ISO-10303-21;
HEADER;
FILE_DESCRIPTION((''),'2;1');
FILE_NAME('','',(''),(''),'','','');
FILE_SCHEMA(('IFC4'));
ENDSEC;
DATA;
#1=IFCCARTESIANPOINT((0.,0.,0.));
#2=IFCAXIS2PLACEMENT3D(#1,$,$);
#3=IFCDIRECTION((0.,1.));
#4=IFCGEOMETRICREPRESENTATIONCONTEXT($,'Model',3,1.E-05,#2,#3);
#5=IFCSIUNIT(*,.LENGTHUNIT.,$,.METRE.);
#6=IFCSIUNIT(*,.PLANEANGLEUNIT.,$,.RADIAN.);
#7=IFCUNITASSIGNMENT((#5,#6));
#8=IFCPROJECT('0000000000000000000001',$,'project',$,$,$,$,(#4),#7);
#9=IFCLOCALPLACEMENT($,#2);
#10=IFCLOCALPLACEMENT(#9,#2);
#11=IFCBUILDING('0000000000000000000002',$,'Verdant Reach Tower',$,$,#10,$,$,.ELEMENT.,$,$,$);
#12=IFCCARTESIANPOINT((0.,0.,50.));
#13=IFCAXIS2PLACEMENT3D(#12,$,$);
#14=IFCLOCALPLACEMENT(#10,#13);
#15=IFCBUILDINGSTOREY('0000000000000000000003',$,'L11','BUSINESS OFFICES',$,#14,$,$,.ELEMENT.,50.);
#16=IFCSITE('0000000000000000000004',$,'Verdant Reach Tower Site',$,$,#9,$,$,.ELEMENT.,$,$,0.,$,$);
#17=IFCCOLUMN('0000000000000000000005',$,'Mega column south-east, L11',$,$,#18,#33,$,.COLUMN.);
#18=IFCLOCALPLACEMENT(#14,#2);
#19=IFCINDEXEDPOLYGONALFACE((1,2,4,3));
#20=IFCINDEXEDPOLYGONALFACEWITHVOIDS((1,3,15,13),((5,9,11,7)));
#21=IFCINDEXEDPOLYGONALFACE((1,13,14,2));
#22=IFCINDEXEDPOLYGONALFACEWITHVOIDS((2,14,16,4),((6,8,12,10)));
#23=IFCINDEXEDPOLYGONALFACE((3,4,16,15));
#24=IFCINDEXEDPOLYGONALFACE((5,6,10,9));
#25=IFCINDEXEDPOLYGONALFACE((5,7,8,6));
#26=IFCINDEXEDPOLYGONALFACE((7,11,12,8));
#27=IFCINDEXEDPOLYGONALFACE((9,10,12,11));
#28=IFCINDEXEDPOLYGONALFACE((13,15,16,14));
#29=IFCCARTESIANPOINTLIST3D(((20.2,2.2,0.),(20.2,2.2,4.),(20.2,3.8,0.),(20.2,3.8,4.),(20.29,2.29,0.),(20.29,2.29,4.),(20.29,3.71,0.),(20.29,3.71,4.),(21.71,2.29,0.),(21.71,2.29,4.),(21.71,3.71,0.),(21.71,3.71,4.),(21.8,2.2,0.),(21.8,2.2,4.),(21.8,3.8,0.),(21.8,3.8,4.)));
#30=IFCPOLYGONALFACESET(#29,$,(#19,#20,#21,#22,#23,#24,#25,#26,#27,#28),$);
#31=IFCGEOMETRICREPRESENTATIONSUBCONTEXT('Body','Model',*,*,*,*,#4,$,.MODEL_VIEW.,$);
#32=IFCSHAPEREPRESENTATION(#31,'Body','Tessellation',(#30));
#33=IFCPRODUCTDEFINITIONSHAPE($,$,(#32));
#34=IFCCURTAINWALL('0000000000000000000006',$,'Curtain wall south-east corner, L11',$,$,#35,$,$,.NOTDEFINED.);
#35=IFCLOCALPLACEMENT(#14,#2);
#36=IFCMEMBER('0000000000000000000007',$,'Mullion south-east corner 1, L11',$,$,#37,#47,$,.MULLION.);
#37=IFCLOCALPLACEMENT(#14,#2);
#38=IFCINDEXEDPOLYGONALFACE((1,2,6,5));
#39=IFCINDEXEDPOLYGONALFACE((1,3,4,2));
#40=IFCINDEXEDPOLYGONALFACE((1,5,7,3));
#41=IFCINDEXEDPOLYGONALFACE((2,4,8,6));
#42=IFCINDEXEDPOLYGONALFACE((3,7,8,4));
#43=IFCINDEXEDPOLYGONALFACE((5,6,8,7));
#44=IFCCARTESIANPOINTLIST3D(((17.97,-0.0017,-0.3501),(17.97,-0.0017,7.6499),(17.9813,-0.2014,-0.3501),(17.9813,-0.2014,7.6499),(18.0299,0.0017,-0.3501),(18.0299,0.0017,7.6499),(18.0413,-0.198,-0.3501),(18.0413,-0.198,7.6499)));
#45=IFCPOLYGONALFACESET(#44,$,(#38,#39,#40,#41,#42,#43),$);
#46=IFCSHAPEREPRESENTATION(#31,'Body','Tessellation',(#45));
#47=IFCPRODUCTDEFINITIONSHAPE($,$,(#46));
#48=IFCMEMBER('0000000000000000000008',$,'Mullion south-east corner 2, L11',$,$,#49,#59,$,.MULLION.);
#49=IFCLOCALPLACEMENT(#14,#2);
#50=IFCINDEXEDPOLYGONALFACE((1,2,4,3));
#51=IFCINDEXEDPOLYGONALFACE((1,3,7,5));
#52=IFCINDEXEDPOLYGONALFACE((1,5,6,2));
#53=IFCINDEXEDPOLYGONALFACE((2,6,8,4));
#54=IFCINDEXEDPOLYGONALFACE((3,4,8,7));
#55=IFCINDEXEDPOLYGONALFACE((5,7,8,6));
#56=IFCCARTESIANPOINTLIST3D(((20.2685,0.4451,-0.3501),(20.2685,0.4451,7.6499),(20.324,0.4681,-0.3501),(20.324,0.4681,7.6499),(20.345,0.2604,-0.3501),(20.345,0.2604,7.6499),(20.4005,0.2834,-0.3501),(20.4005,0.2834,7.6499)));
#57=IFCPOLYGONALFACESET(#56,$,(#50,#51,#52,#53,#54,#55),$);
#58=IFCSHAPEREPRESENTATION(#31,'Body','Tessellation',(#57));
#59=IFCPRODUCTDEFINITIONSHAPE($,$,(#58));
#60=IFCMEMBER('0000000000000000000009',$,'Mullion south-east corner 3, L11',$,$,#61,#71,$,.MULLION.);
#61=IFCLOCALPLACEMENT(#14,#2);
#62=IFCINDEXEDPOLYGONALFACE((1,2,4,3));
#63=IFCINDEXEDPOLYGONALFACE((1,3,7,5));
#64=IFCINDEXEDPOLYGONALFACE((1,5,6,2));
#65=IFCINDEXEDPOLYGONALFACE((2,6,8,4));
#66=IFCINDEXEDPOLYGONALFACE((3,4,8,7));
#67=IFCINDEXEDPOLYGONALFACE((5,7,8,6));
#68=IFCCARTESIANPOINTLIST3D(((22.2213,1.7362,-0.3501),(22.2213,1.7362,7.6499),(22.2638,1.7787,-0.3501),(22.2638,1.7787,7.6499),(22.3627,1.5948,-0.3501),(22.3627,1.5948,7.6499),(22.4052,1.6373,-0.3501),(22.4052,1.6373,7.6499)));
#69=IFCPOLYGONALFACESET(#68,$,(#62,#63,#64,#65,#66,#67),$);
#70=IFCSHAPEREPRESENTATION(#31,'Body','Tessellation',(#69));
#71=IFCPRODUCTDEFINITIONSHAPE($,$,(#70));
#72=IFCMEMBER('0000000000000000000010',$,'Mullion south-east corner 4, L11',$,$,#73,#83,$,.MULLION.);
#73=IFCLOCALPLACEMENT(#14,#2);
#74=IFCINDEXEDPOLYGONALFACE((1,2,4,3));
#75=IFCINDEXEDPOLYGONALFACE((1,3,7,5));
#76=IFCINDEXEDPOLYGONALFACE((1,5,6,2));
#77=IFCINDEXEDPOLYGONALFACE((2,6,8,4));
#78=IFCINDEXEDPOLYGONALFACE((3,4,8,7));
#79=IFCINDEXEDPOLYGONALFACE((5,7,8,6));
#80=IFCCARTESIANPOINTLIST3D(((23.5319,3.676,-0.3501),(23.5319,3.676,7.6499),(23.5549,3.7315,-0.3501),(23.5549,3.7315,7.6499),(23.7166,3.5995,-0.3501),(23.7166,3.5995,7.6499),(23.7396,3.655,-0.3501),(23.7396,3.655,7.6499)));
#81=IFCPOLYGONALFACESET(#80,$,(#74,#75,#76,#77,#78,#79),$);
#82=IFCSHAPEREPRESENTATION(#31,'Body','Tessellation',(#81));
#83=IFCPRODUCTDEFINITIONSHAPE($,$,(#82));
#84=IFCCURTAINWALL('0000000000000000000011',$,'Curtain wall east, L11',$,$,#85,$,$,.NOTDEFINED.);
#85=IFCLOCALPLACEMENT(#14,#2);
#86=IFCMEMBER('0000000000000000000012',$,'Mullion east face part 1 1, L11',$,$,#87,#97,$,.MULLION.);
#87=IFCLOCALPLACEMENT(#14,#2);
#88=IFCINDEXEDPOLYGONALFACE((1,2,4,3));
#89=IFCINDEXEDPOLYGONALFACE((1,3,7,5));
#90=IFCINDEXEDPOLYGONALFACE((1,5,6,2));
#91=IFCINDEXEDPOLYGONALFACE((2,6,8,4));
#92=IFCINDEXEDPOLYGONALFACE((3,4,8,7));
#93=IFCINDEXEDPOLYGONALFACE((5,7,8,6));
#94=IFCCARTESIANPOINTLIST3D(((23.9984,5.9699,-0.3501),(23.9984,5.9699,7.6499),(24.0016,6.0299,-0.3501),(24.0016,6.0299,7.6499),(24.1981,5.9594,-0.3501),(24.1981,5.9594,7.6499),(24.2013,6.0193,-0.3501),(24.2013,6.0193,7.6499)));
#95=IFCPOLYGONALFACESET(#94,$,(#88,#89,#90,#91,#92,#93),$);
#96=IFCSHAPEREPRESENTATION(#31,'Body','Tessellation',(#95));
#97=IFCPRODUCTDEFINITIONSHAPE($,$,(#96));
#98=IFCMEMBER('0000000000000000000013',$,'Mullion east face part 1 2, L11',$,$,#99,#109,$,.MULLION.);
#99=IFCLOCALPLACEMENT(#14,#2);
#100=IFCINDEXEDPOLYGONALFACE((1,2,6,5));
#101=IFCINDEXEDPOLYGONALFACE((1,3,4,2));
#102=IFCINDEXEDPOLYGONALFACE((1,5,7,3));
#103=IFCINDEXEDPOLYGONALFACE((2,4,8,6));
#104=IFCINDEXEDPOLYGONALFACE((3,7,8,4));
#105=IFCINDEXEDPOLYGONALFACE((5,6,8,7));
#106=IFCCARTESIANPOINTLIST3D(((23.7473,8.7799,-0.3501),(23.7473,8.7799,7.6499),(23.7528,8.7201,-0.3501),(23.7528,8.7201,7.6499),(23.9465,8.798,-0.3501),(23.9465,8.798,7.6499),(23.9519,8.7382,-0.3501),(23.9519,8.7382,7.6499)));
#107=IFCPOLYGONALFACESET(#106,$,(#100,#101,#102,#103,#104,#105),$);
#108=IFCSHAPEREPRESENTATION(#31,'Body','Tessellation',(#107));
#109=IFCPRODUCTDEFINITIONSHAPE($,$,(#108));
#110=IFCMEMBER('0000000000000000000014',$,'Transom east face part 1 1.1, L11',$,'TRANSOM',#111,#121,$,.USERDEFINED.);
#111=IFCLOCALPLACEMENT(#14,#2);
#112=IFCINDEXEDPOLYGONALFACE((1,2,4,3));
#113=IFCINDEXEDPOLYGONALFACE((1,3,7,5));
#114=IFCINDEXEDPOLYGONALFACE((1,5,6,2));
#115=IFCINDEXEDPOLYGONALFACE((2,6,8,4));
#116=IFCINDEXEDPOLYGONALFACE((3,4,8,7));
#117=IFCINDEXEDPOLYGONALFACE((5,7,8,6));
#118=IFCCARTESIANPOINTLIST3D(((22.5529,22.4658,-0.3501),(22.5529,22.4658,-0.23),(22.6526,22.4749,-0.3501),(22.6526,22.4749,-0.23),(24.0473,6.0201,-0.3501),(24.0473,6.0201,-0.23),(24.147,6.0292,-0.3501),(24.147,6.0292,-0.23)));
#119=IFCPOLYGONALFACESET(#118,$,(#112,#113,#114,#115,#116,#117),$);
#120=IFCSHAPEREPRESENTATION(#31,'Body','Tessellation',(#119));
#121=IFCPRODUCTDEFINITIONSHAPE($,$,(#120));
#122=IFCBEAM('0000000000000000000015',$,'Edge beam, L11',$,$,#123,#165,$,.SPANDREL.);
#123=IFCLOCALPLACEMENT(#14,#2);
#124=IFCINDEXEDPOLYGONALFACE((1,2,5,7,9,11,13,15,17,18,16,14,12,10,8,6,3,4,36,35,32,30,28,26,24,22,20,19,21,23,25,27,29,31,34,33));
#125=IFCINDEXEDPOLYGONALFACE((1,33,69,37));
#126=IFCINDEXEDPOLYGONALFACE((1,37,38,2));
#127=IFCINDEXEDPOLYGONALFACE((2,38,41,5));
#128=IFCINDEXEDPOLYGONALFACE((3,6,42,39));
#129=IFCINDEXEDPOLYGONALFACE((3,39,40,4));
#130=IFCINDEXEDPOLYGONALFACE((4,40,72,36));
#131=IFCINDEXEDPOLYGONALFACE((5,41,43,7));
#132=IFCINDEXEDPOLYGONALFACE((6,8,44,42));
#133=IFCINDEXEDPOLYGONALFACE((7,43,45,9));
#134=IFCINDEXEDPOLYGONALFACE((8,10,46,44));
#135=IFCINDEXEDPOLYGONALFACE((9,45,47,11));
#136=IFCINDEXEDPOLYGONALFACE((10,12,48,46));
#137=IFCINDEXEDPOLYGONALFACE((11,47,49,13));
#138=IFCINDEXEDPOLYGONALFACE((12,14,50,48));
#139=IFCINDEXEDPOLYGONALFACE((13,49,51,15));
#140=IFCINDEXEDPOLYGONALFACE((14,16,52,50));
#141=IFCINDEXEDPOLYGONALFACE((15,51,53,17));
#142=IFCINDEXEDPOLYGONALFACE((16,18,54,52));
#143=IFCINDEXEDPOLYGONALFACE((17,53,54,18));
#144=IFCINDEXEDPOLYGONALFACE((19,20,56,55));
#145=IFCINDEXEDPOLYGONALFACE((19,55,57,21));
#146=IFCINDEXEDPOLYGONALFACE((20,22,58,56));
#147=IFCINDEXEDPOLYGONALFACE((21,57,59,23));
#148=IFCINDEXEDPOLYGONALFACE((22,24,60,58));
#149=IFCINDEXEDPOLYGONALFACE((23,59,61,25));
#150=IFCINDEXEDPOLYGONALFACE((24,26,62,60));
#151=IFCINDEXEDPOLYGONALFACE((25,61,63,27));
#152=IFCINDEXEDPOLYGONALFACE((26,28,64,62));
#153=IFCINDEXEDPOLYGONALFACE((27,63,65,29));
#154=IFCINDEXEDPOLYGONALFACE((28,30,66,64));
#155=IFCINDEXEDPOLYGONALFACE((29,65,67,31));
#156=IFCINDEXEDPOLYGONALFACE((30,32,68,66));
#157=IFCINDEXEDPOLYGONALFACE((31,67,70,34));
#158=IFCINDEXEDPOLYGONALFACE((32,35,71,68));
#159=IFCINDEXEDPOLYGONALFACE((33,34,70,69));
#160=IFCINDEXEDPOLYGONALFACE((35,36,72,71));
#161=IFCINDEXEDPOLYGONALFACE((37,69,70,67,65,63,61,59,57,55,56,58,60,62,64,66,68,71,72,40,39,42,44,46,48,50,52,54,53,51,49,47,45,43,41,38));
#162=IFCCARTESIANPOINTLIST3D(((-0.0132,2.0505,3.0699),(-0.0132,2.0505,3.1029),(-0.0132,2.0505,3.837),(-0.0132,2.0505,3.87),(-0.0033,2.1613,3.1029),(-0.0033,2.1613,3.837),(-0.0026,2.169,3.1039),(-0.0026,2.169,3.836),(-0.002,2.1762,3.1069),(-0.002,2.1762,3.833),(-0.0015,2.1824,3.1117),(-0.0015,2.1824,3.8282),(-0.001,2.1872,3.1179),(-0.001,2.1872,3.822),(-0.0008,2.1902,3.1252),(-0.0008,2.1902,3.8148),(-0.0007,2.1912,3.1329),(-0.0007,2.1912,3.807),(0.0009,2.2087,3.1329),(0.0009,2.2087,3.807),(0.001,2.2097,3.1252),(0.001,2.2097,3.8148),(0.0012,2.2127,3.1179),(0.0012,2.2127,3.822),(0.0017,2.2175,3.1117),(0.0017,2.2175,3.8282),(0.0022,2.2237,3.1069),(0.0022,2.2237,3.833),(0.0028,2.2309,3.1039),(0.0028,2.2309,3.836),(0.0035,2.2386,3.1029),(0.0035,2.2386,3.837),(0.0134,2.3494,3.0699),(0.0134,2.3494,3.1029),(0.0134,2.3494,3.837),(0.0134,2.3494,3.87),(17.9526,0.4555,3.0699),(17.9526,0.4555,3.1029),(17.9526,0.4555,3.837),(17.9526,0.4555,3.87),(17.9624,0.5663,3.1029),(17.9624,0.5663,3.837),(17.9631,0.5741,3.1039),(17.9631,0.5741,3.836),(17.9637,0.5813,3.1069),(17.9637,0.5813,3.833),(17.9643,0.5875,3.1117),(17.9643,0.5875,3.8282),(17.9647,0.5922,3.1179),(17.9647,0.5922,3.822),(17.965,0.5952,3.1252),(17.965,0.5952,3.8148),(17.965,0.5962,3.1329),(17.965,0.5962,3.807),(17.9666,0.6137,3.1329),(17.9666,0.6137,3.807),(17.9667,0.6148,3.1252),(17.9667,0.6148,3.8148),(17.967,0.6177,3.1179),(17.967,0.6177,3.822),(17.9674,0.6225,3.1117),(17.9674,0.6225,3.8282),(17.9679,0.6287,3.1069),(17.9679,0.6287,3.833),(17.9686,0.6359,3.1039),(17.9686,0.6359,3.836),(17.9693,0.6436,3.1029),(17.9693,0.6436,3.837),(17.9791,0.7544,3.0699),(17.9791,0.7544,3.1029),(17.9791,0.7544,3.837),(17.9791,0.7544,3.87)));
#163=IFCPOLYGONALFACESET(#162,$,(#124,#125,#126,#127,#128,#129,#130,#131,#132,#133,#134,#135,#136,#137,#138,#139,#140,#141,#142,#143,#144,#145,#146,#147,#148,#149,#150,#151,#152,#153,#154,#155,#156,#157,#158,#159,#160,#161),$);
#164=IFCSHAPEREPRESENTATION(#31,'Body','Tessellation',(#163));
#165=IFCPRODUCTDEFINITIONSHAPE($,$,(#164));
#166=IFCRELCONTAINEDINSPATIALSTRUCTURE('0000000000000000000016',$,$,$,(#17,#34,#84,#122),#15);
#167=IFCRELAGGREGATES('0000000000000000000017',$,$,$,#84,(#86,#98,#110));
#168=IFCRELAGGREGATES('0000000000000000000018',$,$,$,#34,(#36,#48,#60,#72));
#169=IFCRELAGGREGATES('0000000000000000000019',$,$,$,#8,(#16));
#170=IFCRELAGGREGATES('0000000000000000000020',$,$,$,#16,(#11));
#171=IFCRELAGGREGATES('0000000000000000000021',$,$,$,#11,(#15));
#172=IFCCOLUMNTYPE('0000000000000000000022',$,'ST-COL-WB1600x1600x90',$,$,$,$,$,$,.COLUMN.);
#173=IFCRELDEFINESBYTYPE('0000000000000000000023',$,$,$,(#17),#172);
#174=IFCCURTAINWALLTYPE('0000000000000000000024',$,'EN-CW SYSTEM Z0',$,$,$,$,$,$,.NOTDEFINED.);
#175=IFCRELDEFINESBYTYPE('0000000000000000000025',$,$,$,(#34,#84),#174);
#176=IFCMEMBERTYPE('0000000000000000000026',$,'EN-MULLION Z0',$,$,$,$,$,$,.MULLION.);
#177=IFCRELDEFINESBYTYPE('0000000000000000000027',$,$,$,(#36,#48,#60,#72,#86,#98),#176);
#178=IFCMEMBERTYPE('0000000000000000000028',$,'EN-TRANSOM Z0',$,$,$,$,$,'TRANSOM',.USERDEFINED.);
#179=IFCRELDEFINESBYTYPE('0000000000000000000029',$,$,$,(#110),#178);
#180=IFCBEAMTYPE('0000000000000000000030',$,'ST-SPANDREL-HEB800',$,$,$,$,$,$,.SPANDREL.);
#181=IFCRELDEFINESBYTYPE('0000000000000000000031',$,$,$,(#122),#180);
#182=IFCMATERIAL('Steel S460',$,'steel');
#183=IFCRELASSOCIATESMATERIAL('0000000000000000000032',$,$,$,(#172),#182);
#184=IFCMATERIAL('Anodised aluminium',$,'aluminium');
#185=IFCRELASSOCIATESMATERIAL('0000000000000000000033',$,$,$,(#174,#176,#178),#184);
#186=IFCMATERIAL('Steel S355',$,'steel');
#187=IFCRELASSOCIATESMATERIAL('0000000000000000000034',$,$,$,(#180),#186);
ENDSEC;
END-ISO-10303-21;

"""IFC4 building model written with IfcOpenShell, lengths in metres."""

from ifc_helpers import new_model, si_unit, direction, frame, origin, origin_2d, place, context, subcontext, project, spatial, rectangle, hollow_rectangle, i_section, extrude, material, material_profile, profile_set, type_object, element, aggregate, save


model = new_model("IFC4")

# Units and contexts
model_context = context("Model", 3, precision=1e-05, world=origin(), true_north=direction((0.0, 1.0)))
body_context = subcontext(model_context, "Body", "Model", "MODEL_VIEW")
ifc_project = project(units=[si_unit("LENGTHUNIT", "METRE"), si_unit("PLANEANGLEUNIT", "RADIAN")], contexts=[model_context])

# Site, building, storey
site_placement = place(None, origin())
site = spatial("IfcSite", under=ifc_project, at=site_placement, Name="Verdant Reach Tower Site", CompositionType="ELEMENT", RefElevation=0.0)
building_placement = place(site_placement, origin())
building = spatial("IfcBuilding", under=site, at=building_placement, Name="Verdant Reach Tower", CompositionType="ELEMENT")
storey_placement = place(building_placement, frame((0.0, 0.0, 50.0)))
storey = spatial("IfcBuildingStorey", under=building, at=storey_placement, Name="L11", Description="BUSINESS OFFICES", CompositionType="ELEMENT", Elevation=50.0)

# Column
ifc_material_1 = material(Name="Steel S460", Category="steel")
ifc_material_profile_1 = material_profile(ifc_material_1, hollow_rectangle(XDim=1.6001, YDim=1.6001, WallThickness=0.0901, at=origin_2d()), Name="WB 1600x1600x90")
ifc_profile_set_1 = profile_set([ifc_material_profile_1], Name="Steel S460")
column_type = type_object("IfcColumnType", Name="ST-COL-WB1600x1600x90", PredefinedType="COLUMN", material=ifc_profile_set_1)
column_placement = place(storey_placement, frame((21.0, 3.0, 0.0), z_axis=(0.0, 0.0, 1.0), x_axis=(1.0, 0.0, 0.0)))
element("IfcColumn", 1, at=column_placement, inside=storey, type_object=column_type, Name="Mega column south-east, L11", PredefinedType="COLUMN", context=body_context, shape_type="SweptSolid", body=[
    extrude(hollow_rectangle(XDim=1.6001, YDim=1.6001, WallThickness=0.0901, at=origin_2d()), origin(), (0.0, 0.0, 1.0), 4.0),
])

# Curtain walls, members
ifc_material_2 = material(Name="Anodised aluminium", Category="aluminium")
curtain_wall_type = type_object("IfcCurtainWallType", Name="EN-CW SYSTEM Z0", PredefinedType="NOTDEFINED", material=ifc_material_2)
curtain_wall_1_placement = place(storey_placement, origin())
curtain_wall_1 = element("IfcCurtainWall", 2, at=curtain_wall_1_placement, inside=storey, type_object=curtain_wall_type, Name="Curtain wall south-east corner, L11", PredefinedType="NOTDEFINED")
ifc_material_profile_2 = material_profile(ifc_material_2, rectangle(XDim=0.2, YDim=0.0601, at=origin_2d()), Name="Mullion 60x200")
ifc_profile_set_2 = profile_set([ifc_material_profile_2], Name="Anodised aluminium")
member_type_1 = type_object("IfcMemberType", Name="EN-MULLION Z0", PredefinedType="MULLION", material=ifc_profile_set_2)
member_1_placement = place(storey_placement, frame((18.0056, -0.0999, -0.3501), z_axis=(0.0, 0.0, 1.0), x_axis=(0.056569, -0.998399, 0.0)))
member_1 = element("IfcMember", 3, at=member_1_placement, type_object=member_type_1, Name="Mullion south-east corner 1, L11", PredefinedType="MULLION", context=body_context, shape_type="SweptSolid", body=[
    extrude(rectangle(XDim=0.2, YDim=0.0601, at=origin_2d()), origin(), (0.0, 0.0, 1.0), 8.0),
])
member_2_placement = place(storey_placement, frame((20.3345, 0.3643, -0.3501), z_axis=(0.0, 0.0, 1.0), x_axis=(0.382694, -0.923875, 0.0)))
member_2 = element("IfcMember", 4, at=member_2_placement, type_object=member_type_1, Name="Mullion south-east corner 2, L11", PredefinedType="MULLION", context=body_context, shape_type="SweptSolid", body=[
    extrude(rectangle(XDim=0.2, YDim=0.0601, at=origin_2d()), origin(), (0.0, 0.0, 1.0), 8.0),
])
member_3_placement = place(storey_placement, frame((22.3132, 1.6868, -0.3501), z_axis=(0.0, 0.0, 1.0), x_axis=(0.707107, -0.707107, 0.0)))
member_3 = element("IfcMember", 5, at=member_3_placement, type_object=member_type_1, Name="Mullion south-east corner 3, L11", PredefinedType="MULLION", context=body_context, shape_type="SweptSolid", body=[
    extrude(rectangle(XDim=0.2, YDim=0.0601, at=origin_2d()), origin(), (0.0, 0.0, 1.0), 8.0),
])
member_4_placement = place(storey_placement, frame((23.6357, 3.6655, -0.3501), z_axis=(0.0, 0.0, 1.0), x_axis=(0.923875, -0.382694, 0.0)))
member_4 = element("IfcMember", 6, at=member_4_placement, type_object=member_type_1, Name="Mullion south-east corner 4, L11", PredefinedType="MULLION", context=body_context, shape_type="SweptSolid", body=[
    extrude(rectangle(XDim=0.2, YDim=0.0601, at=origin_2d()), origin(), (0.0, 0.0, 1.0), 8.0),
])
curtain_wall_2_placement = place(storey_placement, origin())
curtain_wall_2 = element("IfcCurtainWall", 7, at=curtain_wall_2_placement, inside=storey, type_object=curtain_wall_type, Name="Curtain wall east, L11", PredefinedType="NOTDEFINED")
member_5_placement = place(storey_placement, frame((24.0999, 5.9946, -0.3501), z_axis=(0.0, 0.0, 1.0), x_axis=(0.998604, -0.052815, 0.0)))
member_5 = element("IfcMember", 8, at=member_5_placement, type_object=member_type_1, Name="Mullion east face part 1 1, L11", PredefinedType="MULLION", context=body_context, shape_type="SweptSolid", body=[
    extrude(rectangle(XDim=0.2, YDim=0.0601, at=origin_2d()), origin(), (0.0, 0.0, 1.0), 8.0),
])
member_6_placement = place(storey_placement, frame((23.8496, 8.759, -0.3501), z_axis=(0.0, 0.0, 1.0), x_axis=(0.995893, 0.090536, 0.0)))
member_6 = element("IfcMember", 9, at=member_6_placement, type_object=member_type_1, Name="Mullion east face part 1 2, L11", PredefinedType="MULLION", context=body_context, shape_type="SweptSolid", body=[
    extrude(rectangle(XDim=0.2, YDim=0.0601, at=origin_2d()), origin(), (0.0, 0.0, 1.0), 8.0),
])
ifc_material_profile_3 = material_profile(ifc_material_2, rectangle(XDim=0.1001, YDim=0.1201, at=origin_2d()), Name="Transom 120x100")
ifc_profile_set_3 = profile_set([ifc_material_profile_3], Name="Anodised aluminium")
member_type_2 = type_object("IfcMemberType", Name="EN-TRANSOM Z0", ElementType="TRANSOM", PredefinedType="USERDEFINED", material=ifc_profile_set_3)
member_7_placement = place(storey_placement, frame((24.0972, 6.0247, -0.29), z_axis=(-0.090496, 0.995897, 0.0), x_axis=(-0.995897, -0.090496, 0.0)))
member_7 = element("IfcMember", 10, at=member_7_placement, type_object=member_type_2, Name="Transom east face part 1 1.1, L11", ObjectType="TRANSOM", PredefinedType="USERDEFINED", context=body_context, shape_type="SweptSolid", body=[
    extrude(rectangle(XDim=0.1001, YDim=0.1201, at=origin_2d()), origin(), (0.0, 0.0, 1.0), 16.5134),
])

# Beam
ifc_material_3 = material(Name="Steel S355", Category="steel")
ifc_material_profile_4 = material_profile(ifc_material_3, i_section(OverallWidth=0.3, OverallDepth=0.8, WebThickness=0.0176, FlangeThickness=0.033, FilletRadius=0.03, at=origin_2d()), Name="HEB 800")
ifc_profile_set_4 = profile_set([ifc_material_profile_4], Name="Steel S355")
beam_type_1 = type_object("IfcBeamType", Name="ST-SPANDREL-HEB800", PredefinedType="SPANDREL", material=ifc_profile_set_4)
beam_1_placement = place(storey_placement, frame((17.9658, 0.605, 3.47), z_axis=(-0.996082, 0.08843, 0.0), x_axis=(-0.08843, -0.996082, 0.0)))
element("IfcBeam", 11, at=beam_1_placement, inside=storey, type_object=beam_type_1, Name="Edge beam, L11", PredefinedType="SPANDREL", context=body_context, shape_type="SweptSolid", body=[
    extrude(i_section(OverallWidth=0.3, OverallDepth=0.8, WebThickness=0.0176, FlangeThickness=0.033, FilletRadius=0.03, at=origin_2d()), origin(), (0.0, 0.0, 1.0), 18.0364),
])

aggregate(curtain_wall_2, [member_5, member_6, member_7])
aggregate(curtain_wall_1, [member_1, member_2, member_3, member_4])

save(model, "model.ifc")
